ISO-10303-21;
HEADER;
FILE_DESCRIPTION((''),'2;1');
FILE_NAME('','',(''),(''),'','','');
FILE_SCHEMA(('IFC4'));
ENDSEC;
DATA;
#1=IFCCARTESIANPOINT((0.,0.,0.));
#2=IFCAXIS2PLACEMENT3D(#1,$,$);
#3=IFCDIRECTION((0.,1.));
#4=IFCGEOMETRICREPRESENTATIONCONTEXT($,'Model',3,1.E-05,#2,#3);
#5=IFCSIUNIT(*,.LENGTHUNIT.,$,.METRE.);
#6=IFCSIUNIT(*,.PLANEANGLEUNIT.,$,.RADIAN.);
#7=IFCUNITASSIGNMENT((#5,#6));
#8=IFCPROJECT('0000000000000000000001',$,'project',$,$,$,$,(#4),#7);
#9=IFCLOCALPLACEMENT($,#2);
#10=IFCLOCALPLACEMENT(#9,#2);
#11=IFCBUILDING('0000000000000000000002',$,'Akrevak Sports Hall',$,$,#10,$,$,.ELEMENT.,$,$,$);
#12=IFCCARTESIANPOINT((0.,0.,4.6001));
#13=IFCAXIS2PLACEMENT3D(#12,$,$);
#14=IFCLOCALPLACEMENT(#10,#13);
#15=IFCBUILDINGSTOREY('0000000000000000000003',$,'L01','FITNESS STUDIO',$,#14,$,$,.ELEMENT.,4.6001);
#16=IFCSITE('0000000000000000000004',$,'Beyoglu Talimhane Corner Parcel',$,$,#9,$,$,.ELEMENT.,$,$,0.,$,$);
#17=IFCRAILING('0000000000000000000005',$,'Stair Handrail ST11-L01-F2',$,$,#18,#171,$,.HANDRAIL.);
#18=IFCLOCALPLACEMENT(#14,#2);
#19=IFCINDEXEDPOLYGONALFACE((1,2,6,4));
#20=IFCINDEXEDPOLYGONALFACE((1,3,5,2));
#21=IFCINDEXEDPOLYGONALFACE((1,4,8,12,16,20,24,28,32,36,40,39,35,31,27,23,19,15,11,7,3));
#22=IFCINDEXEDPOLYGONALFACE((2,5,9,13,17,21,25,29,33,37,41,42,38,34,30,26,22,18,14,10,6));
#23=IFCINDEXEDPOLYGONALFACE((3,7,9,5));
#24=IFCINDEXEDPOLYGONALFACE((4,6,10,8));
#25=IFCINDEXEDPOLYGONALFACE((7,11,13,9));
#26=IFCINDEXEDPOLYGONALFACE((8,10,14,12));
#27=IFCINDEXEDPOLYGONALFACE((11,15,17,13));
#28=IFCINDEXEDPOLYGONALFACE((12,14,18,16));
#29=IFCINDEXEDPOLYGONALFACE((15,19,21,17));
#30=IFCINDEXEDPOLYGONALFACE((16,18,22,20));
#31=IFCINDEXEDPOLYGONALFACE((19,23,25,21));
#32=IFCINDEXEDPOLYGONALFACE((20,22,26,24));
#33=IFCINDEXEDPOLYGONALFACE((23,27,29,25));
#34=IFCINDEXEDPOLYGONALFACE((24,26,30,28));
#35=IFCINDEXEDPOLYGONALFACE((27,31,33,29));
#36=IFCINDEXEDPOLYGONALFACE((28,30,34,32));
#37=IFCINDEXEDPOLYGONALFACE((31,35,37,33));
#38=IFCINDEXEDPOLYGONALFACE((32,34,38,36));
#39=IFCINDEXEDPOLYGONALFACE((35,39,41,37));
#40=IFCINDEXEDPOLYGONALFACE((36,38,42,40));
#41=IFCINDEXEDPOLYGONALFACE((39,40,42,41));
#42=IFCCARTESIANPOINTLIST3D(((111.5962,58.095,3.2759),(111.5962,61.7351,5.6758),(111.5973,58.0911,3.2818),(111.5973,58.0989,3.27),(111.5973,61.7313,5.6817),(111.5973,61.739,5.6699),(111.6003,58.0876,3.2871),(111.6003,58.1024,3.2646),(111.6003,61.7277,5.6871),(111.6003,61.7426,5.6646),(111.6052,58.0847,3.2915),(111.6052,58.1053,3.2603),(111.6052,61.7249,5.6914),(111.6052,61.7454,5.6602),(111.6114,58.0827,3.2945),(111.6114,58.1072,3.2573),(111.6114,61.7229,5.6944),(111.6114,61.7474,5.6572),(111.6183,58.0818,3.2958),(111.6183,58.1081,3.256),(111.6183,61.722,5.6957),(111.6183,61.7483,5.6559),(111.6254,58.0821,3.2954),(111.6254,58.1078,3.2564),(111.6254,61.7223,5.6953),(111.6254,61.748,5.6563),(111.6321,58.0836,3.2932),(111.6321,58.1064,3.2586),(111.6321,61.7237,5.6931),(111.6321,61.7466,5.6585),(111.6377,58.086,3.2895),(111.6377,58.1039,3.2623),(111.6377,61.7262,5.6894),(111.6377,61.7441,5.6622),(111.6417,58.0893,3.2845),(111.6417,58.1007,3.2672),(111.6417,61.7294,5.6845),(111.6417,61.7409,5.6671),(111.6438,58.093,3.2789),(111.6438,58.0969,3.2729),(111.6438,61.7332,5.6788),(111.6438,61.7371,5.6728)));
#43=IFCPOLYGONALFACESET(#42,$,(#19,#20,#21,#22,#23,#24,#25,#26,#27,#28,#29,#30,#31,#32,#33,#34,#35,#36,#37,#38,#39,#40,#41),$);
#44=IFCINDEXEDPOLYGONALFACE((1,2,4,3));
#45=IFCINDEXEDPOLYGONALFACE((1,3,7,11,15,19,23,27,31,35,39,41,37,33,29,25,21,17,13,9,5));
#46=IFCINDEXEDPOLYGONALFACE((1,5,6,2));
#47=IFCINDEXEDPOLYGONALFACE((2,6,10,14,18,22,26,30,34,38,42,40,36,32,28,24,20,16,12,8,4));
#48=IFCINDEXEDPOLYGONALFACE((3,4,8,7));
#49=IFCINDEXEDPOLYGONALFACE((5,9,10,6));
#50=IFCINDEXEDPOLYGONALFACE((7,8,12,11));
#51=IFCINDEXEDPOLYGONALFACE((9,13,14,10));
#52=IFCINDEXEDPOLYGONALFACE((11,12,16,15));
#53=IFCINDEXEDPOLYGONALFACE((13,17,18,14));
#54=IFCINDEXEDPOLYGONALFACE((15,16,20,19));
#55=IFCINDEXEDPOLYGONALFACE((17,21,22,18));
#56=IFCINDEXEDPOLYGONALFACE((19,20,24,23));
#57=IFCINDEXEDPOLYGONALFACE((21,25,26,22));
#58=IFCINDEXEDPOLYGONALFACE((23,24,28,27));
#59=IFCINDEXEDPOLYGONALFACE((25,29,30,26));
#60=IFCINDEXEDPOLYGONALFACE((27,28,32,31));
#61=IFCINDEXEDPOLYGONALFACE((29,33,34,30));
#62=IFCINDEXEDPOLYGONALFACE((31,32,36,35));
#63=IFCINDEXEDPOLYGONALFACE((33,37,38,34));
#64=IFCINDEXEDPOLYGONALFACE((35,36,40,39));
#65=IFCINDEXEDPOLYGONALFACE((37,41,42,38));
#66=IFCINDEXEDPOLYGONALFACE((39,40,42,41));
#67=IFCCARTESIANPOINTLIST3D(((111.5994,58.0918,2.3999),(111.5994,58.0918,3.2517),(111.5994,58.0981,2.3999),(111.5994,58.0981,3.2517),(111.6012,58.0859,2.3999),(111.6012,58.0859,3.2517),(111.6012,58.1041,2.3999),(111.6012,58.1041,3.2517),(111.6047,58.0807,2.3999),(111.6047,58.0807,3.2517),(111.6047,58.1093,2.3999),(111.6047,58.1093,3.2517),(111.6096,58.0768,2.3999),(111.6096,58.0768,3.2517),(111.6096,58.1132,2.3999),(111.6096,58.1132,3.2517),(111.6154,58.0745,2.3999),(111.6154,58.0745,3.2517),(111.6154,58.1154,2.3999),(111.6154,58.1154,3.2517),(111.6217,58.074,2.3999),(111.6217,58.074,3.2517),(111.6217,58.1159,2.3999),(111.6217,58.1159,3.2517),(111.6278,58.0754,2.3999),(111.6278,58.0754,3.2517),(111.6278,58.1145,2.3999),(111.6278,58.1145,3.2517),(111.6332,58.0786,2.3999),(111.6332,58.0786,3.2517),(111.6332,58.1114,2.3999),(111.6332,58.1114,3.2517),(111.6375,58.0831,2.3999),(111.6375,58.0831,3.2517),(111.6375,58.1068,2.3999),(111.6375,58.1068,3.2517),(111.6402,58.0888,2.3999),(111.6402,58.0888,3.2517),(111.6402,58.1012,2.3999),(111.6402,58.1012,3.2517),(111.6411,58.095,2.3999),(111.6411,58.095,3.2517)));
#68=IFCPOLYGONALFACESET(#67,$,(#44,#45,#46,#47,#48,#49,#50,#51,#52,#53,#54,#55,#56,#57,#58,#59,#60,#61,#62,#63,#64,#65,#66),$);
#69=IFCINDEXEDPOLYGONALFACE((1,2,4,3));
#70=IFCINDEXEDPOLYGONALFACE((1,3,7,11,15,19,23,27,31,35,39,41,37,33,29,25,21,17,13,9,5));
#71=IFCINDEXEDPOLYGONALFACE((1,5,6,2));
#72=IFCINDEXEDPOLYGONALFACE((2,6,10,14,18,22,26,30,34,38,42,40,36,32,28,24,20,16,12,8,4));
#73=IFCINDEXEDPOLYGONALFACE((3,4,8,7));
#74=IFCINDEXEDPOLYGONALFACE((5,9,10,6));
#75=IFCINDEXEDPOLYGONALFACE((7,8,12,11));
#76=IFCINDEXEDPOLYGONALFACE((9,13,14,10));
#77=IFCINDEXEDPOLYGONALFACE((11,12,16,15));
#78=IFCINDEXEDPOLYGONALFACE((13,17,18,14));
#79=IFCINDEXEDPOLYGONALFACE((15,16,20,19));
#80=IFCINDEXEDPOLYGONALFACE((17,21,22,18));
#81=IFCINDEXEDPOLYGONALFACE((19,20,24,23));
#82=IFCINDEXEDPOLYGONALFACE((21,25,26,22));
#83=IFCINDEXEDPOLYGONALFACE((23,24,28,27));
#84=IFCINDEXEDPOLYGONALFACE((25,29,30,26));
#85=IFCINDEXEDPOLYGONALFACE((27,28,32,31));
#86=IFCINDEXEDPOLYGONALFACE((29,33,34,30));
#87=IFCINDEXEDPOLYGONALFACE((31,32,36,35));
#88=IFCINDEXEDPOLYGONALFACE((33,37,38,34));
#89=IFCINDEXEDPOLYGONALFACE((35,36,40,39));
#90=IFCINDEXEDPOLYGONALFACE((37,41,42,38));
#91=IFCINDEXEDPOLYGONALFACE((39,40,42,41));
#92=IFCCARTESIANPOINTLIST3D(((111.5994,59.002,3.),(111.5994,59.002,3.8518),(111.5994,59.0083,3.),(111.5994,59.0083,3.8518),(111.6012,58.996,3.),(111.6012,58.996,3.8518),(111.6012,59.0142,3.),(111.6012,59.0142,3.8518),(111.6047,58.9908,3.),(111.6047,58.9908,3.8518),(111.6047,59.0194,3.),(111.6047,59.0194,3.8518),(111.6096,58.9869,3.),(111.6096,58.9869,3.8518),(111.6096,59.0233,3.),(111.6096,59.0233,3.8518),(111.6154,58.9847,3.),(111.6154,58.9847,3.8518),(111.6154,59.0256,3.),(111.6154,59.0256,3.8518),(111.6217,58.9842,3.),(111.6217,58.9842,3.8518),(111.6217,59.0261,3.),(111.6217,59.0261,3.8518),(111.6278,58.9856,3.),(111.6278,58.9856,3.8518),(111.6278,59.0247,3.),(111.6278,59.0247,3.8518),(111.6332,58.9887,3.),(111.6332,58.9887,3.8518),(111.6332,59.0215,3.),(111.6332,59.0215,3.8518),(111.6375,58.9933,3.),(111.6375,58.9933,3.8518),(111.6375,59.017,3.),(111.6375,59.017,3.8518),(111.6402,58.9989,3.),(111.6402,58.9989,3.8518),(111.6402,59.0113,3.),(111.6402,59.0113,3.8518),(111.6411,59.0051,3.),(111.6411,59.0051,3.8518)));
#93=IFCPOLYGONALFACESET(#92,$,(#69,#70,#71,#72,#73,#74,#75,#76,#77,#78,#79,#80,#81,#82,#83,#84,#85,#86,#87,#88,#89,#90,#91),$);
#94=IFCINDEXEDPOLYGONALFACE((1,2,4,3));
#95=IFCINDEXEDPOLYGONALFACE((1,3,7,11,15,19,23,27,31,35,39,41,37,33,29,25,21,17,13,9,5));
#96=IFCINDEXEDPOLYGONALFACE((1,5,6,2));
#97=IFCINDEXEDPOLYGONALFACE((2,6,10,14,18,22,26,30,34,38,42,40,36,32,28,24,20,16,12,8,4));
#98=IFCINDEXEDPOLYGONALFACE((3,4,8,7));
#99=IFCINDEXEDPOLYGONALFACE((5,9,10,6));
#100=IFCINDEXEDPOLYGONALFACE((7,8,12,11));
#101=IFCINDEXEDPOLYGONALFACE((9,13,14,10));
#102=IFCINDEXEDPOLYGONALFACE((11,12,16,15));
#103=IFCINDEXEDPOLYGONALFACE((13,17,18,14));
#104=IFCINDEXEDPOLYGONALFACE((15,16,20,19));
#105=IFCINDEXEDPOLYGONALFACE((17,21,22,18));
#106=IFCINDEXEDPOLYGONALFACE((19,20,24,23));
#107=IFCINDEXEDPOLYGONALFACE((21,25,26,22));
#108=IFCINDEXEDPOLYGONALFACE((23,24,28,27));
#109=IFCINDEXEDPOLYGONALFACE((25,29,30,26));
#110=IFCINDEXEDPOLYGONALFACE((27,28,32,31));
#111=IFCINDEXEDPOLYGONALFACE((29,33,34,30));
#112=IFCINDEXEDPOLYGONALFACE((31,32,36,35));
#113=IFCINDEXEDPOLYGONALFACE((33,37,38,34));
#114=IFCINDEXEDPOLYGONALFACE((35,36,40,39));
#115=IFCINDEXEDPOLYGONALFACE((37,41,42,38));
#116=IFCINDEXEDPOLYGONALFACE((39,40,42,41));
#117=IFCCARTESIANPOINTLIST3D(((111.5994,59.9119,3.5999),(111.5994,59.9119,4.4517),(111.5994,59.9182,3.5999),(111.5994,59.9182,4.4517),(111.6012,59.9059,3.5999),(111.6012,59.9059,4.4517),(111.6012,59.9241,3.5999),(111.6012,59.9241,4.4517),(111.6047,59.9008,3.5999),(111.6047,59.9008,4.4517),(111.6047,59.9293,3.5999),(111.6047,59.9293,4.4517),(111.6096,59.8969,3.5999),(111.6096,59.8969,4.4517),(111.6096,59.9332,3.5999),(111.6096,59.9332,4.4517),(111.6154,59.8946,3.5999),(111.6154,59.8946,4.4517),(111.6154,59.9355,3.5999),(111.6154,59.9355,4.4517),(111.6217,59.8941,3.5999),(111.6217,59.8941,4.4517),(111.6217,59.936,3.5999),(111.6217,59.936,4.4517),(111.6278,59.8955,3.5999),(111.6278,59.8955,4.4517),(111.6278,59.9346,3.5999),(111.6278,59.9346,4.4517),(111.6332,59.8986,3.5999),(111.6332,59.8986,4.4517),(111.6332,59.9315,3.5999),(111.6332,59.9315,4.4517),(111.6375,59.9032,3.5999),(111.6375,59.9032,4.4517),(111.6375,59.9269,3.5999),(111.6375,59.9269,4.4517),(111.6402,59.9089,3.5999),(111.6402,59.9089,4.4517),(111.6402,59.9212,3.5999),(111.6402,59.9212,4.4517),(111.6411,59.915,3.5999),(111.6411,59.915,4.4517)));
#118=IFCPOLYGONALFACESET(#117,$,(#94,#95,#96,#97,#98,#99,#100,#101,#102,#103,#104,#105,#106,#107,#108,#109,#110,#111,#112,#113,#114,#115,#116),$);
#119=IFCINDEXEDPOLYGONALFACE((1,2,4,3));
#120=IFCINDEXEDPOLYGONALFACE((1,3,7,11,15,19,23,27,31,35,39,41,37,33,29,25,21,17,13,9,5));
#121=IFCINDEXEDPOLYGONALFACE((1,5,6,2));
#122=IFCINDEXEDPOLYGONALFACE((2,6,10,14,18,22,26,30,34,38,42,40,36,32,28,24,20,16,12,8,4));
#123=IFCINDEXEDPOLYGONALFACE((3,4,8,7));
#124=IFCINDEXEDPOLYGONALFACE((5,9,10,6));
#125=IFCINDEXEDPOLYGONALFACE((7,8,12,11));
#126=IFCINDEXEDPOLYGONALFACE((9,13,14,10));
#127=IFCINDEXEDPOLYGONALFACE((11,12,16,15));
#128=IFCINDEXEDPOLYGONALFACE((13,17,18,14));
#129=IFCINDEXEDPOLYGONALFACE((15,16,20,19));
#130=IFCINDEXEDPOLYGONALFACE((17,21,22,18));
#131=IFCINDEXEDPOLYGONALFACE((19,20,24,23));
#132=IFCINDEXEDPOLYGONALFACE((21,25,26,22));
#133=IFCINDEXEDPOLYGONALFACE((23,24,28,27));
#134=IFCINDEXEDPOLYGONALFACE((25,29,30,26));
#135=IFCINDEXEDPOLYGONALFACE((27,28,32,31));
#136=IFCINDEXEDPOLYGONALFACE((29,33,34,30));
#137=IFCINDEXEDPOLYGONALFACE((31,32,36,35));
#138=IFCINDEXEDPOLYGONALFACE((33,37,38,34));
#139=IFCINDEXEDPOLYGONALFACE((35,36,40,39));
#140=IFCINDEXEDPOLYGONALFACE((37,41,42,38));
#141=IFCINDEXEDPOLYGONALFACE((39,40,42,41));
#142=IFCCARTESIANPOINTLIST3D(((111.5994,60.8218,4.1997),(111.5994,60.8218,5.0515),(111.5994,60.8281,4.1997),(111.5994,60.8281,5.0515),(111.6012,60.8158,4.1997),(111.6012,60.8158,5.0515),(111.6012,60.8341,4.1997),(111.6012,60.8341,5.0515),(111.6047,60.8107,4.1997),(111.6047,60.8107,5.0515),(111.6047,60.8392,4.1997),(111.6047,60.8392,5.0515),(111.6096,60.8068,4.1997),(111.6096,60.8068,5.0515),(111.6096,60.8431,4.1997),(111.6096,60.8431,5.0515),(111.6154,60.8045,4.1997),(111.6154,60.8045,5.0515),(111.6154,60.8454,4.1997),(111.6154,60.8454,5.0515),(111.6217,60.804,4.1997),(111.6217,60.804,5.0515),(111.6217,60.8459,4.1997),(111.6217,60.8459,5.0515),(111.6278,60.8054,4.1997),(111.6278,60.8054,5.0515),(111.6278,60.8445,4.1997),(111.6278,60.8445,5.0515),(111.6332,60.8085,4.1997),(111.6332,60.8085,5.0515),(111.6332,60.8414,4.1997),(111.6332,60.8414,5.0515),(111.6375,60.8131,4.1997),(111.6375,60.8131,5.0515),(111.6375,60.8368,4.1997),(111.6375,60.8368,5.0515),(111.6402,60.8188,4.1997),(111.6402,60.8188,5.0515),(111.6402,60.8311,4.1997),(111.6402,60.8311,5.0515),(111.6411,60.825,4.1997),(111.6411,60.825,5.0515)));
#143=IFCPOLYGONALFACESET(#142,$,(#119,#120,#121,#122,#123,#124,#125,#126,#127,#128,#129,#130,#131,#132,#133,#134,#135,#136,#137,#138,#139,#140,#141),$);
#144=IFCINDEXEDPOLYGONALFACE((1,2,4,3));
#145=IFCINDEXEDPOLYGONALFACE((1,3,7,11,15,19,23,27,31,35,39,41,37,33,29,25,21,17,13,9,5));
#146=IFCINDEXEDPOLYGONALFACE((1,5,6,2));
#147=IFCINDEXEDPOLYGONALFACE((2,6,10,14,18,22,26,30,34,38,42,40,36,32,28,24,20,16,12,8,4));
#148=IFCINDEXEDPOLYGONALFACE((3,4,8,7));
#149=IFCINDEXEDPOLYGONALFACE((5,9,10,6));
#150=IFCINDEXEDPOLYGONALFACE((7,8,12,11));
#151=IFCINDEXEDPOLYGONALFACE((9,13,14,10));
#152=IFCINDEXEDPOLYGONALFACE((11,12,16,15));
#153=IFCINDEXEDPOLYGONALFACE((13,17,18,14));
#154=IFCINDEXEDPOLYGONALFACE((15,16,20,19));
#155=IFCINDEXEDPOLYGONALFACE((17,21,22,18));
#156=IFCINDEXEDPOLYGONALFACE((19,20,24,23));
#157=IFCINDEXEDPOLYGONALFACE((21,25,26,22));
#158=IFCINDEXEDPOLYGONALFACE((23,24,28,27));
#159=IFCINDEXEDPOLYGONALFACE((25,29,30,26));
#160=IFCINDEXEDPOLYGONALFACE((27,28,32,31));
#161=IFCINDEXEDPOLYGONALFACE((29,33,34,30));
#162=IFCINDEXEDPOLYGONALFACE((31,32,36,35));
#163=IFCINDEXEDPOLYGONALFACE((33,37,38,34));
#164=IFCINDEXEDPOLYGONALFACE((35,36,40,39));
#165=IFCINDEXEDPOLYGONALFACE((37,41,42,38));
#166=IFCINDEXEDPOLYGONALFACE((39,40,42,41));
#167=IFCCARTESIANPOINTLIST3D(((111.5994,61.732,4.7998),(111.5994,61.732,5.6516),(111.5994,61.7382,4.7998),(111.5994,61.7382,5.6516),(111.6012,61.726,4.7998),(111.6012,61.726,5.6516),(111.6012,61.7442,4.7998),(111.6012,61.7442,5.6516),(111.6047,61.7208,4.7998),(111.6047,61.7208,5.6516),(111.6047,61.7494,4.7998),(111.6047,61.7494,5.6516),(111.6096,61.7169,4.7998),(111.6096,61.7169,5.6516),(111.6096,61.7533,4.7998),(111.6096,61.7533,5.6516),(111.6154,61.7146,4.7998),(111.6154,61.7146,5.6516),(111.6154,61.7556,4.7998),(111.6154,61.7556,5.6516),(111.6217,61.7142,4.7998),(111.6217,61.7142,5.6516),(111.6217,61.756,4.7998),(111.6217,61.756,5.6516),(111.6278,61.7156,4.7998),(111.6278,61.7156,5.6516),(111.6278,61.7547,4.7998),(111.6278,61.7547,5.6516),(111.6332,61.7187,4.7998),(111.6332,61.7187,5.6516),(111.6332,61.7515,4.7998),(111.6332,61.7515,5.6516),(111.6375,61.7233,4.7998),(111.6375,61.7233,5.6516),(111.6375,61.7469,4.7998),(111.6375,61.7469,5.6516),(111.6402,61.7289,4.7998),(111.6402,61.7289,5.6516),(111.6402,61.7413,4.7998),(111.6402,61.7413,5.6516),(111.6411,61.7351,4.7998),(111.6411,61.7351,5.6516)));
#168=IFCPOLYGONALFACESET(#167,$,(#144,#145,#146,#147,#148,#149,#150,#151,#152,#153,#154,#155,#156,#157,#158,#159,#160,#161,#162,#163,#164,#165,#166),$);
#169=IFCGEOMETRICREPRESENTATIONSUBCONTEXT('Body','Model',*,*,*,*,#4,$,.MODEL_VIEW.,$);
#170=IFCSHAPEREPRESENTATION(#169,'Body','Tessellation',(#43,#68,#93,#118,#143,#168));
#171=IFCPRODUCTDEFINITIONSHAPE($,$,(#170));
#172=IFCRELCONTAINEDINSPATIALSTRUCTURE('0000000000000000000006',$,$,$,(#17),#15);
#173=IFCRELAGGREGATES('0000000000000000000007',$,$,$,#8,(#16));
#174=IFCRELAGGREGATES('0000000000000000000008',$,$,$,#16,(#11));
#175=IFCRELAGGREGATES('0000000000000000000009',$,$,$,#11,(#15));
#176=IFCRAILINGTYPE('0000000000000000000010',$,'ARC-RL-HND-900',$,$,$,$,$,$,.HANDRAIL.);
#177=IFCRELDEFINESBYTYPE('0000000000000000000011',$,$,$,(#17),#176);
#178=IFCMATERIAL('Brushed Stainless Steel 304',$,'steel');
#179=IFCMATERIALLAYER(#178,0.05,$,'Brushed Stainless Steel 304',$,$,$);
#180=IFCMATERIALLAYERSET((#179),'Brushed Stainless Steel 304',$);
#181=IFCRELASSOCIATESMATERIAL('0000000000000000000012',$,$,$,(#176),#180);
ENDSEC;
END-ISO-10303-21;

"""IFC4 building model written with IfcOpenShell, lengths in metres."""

from ifc_helpers import new_model, si_unit, direction, frame, origin, origin_2d, place, context, subcontext, project, spatial, circle, extrude, material, layer, layer_set, type_object, element, save


model = new_model("IFC4")

# Units and contexts
model_context = context("Model", 3, precision=1e-05, world=origin(), true_north=direction((0.0, 1.0)))
body_context = subcontext(model_context, "Body", "Model", "MODEL_VIEW")
ifc_project = project(units=[si_unit("LENGTHUNIT", "METRE"), si_unit("PLANEANGLEUNIT", "RADIAN")], contexts=[model_context])

# Site, building, storey
site_placement = place(None, origin())
site = spatial("IfcSite", under=ifc_project, at=site_placement, Name="Beyoglu Talimhane Corner Parcel", CompositionType="ELEMENT", RefElevation=0.0)
building_placement = place(site_placement, origin())
building = spatial("IfcBuilding", under=site, at=building_placement, Name="Akrevak Sports Hall", CompositionType="ELEMENT")
storey_placement = place(building_placement, frame((0.0, 0.0, 4.6001)))
storey = spatial("IfcBuildingStorey", under=building, at=storey_placement, Name="L01", Description="FITNESS STUDIO", CompositionType="ELEMENT", Elevation=4.6001)

# Railing
ifc_material_1 = material(Name="Brushed Stainless Steel 304", Category="steel")
ifc_layer_1 = layer(ifc_material_1, 0.05, Name="Brushed Stainless Steel 304")
ifc_layer_set_1 = layer_set([ifc_layer_1], Name="Brushed Stainless Steel 304")
railing_type_1 = type_object("IfcRailingType", Name="ARC-RL-HND-900", PredefinedType="HANDRAIL", material=ifc_layer_set_1)
railing_1_placement = place(storey_placement, frame((111.6201, 58.095, 2.3999)))
element("IfcRailing", 1, at=railing_1_placement, inside=storey, type_object=railing_type_1, Name="Stair Handrail ST11-L01-F2", PredefinedType="HANDRAIL", context=body_context, shape_type="SweptSolid", body=[
    extrude(circle(Radius=0.0239, at=origin_2d()), frame((0.0, 0.0, 0.876), z_axis=(0.0, 0.834882, 0.550429), x_axis=(-1.0, 0.0, 0.0)), (0.0, 0.0, 1.0), 4.3601),
    extrude(circle(Radius=0.021, at=origin_2d()), origin(), (0.0, 0.0, 1.0), 0.8518),
    extrude(circle(Radius=0.021, at=origin_2d()), frame((0.0, 0.9102, 0.6001)), (0.0, 0.0, 1.0), 0.8518),
    extrude(circle(Radius=0.021, at=origin_2d()), frame((0.0, 1.8201, 1.2)), (0.0, 0.0, 1.0), 0.8518),
    extrude(circle(Radius=0.021, at=origin_2d()), frame((0.0, 2.73, 1.7998)), (0.0, 0.0, 1.0), 0.8518),
    extrude(circle(Radius=0.021, at=origin_2d()), frame((0.0, 3.6401, 2.3999)), (0.0, 0.0, 1.0), 0.8518),
])

save(model, "model.ifc")
